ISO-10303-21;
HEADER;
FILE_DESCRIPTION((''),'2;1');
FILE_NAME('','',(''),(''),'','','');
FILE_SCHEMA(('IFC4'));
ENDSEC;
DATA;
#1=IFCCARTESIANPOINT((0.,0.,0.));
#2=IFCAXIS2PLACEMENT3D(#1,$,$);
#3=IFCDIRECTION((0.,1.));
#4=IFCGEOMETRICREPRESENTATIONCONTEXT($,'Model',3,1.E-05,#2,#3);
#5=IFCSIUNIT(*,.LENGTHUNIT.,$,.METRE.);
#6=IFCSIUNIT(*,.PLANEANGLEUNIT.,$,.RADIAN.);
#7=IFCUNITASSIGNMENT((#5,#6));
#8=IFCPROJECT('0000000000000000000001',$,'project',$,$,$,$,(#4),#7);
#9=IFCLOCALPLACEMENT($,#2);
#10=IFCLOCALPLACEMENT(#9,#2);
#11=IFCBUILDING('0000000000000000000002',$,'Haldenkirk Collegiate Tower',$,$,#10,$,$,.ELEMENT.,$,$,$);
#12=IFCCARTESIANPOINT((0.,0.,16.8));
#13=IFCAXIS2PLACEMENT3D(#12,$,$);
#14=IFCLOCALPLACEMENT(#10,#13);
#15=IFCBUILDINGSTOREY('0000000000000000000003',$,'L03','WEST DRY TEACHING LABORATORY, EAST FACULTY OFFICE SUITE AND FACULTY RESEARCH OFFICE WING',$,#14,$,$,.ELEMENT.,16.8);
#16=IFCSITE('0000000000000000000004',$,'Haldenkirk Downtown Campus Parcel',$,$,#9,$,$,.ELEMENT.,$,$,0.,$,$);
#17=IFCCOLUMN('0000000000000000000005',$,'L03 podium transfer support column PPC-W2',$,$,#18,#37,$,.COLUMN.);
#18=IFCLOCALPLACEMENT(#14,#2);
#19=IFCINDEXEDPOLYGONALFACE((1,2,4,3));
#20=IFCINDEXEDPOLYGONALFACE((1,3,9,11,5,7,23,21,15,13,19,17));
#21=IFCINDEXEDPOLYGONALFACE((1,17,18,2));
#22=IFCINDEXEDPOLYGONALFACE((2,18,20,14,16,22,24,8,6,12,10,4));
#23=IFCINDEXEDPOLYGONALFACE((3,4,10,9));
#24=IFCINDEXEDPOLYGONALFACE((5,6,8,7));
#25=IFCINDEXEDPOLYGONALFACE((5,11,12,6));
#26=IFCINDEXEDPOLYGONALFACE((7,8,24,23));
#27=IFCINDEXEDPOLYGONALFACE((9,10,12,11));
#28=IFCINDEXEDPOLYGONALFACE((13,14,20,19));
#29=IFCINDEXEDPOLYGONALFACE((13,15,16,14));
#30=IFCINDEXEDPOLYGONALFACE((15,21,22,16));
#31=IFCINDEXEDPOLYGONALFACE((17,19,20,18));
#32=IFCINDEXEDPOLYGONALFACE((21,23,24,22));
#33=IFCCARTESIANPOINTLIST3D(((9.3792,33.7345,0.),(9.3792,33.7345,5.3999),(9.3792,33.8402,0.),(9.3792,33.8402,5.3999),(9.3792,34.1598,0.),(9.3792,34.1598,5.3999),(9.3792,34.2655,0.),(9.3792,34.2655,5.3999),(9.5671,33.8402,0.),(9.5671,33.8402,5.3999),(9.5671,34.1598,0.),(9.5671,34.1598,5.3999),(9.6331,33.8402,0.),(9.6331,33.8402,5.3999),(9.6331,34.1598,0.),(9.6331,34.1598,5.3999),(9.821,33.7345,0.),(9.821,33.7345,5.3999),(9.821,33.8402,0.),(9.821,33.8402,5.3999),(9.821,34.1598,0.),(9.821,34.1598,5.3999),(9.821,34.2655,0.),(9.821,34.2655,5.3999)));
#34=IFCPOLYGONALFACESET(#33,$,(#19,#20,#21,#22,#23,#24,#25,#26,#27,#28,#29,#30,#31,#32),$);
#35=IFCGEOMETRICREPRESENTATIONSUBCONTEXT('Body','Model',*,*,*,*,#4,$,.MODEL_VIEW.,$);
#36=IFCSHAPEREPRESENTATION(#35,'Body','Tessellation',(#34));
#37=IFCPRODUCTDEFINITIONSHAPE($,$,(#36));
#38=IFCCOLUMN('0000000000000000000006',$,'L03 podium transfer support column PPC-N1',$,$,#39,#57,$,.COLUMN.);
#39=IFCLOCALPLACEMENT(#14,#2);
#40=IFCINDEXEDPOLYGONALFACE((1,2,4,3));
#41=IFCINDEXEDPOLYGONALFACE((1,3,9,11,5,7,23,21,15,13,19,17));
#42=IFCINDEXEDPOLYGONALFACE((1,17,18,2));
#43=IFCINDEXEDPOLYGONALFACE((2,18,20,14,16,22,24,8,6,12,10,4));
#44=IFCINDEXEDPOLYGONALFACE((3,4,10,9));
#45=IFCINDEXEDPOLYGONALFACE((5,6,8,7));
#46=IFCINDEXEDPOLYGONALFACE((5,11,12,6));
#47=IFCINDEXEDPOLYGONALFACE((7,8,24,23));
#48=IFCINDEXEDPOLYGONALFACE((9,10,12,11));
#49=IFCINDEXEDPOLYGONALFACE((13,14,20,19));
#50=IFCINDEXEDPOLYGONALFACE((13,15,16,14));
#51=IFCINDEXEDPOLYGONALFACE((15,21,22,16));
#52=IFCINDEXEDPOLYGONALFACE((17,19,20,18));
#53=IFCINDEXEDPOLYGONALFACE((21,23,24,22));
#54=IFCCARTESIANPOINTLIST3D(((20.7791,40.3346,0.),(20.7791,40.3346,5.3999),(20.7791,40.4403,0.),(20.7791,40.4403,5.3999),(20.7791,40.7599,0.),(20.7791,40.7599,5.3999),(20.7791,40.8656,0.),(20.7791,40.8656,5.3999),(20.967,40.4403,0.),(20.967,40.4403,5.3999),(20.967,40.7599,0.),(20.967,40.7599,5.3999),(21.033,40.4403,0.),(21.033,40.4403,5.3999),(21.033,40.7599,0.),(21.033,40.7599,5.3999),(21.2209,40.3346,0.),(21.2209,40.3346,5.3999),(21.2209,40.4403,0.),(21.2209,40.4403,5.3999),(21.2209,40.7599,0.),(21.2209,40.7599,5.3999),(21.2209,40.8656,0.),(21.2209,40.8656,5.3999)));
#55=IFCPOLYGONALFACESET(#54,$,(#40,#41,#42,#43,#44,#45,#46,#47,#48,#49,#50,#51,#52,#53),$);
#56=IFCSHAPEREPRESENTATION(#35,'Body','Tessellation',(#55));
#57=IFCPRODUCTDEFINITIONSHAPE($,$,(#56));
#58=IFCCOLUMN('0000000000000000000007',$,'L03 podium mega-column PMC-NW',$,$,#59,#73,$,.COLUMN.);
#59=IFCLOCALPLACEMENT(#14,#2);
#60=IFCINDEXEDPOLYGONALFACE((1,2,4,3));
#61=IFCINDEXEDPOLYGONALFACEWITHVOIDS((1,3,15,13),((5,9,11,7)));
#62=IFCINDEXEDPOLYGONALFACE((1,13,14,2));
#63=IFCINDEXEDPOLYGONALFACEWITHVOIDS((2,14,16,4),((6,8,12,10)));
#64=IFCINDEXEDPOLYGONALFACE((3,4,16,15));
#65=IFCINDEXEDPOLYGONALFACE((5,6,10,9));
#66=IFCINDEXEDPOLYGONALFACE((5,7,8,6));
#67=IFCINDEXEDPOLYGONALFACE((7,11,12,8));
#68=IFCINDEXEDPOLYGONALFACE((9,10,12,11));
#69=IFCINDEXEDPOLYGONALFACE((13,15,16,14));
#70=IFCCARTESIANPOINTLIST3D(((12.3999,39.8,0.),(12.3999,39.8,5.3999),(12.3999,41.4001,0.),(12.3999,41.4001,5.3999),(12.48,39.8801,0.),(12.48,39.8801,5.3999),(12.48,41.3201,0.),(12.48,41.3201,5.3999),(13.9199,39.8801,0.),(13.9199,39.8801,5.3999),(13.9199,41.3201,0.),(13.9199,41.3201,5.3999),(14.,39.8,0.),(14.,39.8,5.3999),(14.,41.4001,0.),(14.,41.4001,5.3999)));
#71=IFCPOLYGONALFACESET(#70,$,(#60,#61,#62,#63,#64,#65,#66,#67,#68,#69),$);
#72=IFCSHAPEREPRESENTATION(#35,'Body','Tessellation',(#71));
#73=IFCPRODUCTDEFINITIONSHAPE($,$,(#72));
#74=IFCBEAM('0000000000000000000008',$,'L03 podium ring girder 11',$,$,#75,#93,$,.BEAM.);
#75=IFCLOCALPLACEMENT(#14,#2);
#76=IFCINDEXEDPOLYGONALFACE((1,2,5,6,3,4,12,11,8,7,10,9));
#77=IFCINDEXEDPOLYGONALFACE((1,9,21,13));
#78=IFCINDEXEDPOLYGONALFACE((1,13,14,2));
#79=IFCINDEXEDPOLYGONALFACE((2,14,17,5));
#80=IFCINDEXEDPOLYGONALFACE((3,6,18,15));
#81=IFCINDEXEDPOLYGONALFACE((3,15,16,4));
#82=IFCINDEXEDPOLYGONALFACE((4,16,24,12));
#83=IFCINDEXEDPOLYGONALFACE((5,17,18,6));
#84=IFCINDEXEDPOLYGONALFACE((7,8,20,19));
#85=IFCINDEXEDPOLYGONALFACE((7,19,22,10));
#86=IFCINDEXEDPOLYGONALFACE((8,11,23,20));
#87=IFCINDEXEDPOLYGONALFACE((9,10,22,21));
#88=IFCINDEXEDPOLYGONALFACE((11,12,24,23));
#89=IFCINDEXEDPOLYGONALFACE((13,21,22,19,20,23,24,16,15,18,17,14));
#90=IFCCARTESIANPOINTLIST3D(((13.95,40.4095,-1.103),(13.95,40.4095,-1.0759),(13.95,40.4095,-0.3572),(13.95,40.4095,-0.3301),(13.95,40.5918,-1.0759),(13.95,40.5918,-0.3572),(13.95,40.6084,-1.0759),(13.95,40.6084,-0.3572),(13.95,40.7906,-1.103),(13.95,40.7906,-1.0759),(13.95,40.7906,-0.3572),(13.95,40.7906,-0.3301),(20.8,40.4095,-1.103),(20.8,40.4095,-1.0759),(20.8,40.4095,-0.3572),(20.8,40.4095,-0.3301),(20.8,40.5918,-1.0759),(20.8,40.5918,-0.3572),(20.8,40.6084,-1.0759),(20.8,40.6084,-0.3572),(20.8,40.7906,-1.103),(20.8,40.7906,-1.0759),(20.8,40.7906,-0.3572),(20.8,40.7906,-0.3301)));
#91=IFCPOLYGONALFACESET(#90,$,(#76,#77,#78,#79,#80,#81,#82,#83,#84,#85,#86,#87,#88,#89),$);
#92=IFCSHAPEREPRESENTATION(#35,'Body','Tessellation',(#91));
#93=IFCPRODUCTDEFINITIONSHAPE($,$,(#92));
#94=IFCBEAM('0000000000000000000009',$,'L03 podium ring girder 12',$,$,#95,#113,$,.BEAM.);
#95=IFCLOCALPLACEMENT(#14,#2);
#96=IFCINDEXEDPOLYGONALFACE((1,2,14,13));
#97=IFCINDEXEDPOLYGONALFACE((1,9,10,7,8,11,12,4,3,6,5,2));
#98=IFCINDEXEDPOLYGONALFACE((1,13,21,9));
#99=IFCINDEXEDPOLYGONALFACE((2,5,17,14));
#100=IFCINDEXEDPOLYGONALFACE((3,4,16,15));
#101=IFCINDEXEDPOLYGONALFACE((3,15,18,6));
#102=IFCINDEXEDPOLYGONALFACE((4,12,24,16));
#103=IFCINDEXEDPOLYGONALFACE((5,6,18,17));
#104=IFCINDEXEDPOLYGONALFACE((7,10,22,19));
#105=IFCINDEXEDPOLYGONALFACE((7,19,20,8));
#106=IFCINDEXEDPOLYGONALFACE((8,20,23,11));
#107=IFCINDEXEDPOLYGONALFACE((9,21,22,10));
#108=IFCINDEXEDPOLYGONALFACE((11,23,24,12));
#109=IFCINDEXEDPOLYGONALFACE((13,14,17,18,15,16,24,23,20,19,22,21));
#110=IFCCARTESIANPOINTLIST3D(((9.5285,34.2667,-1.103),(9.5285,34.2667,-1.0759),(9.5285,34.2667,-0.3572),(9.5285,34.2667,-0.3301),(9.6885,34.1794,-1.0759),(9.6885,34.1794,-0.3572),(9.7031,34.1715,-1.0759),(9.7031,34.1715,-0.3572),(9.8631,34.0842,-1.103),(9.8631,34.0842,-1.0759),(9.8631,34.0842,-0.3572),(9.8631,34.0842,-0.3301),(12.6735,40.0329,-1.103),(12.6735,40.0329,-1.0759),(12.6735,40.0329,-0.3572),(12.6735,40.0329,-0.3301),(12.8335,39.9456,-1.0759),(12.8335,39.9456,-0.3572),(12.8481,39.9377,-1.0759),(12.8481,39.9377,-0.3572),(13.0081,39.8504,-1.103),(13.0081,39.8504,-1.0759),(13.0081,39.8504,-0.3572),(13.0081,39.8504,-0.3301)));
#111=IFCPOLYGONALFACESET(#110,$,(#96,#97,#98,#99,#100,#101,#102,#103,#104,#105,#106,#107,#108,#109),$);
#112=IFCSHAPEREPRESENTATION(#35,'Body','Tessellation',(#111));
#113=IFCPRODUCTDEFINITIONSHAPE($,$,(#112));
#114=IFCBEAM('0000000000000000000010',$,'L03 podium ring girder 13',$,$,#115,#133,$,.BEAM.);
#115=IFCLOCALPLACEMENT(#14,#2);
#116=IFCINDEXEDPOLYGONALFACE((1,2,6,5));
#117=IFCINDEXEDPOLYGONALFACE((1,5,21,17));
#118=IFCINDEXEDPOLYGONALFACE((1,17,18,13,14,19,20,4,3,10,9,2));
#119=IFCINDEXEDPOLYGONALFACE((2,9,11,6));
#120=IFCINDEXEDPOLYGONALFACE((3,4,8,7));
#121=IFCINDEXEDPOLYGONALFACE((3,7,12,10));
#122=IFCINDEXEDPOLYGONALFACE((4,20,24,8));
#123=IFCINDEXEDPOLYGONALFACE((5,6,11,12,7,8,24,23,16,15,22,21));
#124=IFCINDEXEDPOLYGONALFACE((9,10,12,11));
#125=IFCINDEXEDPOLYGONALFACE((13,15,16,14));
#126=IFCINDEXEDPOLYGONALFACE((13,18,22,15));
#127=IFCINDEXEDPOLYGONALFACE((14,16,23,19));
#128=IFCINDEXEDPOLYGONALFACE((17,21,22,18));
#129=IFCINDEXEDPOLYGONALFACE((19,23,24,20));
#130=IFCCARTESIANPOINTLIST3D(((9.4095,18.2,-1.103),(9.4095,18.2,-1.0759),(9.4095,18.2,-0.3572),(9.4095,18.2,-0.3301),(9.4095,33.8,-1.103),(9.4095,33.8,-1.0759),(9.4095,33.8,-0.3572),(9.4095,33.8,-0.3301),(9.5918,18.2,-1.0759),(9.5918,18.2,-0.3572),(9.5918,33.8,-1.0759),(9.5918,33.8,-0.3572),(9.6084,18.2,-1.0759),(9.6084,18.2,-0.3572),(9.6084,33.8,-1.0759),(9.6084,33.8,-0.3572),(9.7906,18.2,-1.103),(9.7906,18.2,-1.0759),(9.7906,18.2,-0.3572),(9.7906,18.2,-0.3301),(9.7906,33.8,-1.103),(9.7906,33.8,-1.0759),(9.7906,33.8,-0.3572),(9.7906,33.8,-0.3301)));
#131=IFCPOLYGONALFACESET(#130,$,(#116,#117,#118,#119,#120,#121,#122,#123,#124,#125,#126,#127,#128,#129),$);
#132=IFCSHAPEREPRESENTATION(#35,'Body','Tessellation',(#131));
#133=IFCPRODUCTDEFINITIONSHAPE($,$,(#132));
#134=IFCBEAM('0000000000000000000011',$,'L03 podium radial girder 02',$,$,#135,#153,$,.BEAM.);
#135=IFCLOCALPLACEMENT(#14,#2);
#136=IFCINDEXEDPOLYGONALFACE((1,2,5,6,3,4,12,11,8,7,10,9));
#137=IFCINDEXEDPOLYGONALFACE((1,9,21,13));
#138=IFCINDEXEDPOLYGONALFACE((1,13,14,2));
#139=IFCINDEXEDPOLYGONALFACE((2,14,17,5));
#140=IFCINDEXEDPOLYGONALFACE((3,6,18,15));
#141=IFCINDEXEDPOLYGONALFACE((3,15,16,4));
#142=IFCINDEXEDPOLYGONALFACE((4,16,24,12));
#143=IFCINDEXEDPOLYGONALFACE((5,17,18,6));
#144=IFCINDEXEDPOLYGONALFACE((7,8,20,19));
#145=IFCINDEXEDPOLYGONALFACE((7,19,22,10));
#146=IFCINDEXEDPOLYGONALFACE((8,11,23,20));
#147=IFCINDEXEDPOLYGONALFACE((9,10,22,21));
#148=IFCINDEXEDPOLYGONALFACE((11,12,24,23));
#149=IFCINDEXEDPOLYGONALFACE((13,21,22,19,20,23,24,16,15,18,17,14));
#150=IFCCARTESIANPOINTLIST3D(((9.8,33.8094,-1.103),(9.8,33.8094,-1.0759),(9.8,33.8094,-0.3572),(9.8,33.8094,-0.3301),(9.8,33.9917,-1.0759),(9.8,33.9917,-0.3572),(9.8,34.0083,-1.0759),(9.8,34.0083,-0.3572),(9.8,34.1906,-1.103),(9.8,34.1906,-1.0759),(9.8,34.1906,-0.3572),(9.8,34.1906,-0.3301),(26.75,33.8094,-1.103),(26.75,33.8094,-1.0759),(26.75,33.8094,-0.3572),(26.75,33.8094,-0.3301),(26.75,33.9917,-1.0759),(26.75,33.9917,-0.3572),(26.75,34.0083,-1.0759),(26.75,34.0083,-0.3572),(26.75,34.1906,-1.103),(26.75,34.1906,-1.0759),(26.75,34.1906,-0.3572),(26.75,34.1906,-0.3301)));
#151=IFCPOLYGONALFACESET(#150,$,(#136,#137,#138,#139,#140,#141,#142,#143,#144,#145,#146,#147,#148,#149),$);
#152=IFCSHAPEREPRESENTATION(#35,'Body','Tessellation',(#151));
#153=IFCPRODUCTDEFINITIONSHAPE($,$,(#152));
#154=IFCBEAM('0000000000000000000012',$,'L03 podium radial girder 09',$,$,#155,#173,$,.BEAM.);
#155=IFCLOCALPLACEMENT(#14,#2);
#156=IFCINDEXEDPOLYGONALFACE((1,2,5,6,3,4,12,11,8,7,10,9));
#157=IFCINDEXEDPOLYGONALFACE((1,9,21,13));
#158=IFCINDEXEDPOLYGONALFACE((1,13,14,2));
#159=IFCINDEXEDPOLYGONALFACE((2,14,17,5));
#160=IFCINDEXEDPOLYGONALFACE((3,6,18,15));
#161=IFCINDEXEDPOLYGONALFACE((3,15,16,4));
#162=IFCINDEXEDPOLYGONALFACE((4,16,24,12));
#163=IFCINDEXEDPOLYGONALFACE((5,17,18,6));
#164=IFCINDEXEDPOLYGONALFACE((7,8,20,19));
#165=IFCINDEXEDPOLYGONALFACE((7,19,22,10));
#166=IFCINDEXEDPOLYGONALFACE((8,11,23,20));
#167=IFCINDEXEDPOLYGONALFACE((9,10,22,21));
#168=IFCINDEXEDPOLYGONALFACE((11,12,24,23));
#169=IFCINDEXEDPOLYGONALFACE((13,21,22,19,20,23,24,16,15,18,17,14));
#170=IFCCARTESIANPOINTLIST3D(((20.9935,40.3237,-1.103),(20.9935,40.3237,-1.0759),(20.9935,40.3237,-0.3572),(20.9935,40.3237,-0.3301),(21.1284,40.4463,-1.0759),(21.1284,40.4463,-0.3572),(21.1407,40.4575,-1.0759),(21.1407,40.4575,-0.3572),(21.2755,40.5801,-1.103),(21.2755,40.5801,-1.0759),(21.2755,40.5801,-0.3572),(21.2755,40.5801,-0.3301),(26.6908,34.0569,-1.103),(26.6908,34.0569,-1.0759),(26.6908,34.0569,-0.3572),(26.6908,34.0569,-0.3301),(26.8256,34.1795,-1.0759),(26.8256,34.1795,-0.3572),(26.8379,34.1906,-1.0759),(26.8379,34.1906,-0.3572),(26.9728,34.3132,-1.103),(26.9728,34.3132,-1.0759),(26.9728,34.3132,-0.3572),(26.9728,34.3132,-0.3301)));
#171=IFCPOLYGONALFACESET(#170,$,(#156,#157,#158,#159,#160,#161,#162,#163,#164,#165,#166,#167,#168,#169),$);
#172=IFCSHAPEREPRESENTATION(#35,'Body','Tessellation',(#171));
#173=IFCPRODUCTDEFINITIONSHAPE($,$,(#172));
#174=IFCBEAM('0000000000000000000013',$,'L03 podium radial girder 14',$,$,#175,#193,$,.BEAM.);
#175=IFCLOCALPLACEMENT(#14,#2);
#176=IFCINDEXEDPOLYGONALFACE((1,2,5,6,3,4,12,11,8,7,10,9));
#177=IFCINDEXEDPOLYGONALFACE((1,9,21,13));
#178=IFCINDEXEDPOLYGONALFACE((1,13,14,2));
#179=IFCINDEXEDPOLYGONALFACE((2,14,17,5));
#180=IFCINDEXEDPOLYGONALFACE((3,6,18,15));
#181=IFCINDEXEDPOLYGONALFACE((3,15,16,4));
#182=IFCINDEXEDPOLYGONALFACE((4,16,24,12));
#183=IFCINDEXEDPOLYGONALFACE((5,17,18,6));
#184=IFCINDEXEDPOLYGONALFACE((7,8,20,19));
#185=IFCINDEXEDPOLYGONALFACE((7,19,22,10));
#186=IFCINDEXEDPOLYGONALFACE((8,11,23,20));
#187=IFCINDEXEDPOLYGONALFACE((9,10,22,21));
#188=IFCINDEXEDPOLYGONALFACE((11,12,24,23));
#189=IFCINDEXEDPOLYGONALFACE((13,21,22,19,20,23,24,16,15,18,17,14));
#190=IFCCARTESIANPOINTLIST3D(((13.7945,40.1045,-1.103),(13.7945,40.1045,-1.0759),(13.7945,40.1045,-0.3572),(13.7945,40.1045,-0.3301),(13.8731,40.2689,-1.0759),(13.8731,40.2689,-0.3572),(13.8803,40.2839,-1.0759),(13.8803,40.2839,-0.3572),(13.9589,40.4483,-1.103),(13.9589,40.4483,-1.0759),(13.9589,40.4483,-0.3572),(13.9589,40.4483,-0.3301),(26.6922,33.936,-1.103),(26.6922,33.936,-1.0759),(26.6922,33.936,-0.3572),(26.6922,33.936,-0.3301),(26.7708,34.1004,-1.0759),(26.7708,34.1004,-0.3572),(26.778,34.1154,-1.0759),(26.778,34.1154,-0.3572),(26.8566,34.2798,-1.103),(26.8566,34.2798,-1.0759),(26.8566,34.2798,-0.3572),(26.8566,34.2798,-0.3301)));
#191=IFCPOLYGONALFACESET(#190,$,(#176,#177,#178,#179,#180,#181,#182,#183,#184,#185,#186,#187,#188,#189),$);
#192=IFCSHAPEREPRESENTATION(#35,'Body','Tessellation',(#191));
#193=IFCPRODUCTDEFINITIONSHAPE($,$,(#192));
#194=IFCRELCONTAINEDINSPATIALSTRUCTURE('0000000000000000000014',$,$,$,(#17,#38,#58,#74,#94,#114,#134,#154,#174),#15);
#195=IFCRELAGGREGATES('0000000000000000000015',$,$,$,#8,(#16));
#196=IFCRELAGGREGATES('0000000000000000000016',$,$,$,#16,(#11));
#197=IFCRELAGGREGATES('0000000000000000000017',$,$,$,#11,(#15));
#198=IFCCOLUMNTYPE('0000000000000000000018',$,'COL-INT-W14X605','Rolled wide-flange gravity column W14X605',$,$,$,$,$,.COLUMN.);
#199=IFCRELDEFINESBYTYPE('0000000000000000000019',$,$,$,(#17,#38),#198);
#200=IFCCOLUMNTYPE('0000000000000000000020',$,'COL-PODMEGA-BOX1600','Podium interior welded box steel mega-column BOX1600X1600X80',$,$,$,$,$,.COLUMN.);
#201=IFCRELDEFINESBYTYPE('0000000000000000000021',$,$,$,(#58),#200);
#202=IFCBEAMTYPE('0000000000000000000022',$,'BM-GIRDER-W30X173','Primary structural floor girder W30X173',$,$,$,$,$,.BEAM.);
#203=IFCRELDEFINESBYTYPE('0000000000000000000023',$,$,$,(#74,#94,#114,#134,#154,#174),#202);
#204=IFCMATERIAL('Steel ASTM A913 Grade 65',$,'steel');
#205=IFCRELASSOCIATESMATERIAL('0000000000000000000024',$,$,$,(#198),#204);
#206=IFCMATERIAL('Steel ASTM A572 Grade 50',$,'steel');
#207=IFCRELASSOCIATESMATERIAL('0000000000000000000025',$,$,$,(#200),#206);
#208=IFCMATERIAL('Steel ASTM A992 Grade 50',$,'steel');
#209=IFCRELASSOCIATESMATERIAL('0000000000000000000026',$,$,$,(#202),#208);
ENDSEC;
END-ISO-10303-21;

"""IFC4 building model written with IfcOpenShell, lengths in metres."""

from ifc_helpers import new_model, si_unit, direction, frame, origin, origin_2d, place, context, subcontext, project, spatial, hollow_rectangle, i_section, extrude, material, material_profile, profile_set, type_object, element, save


model = new_model("IFC4")

# Units and contexts
model_context = context("Model", 3, precision=1e-05, world=origin(), true_north=direction((0.0, 1.0)))
body_context = subcontext(model_context, "Body", "Model", "MODEL_VIEW")
ifc_project = project(units=[si_unit("LENGTHUNIT", "METRE"), si_unit("PLANEANGLEUNIT", "RADIAN")], contexts=[model_context])

# Site, building, storey
site_placement = place(None, origin())
site = spatial("IfcSite", under=ifc_project, at=site_placement, Name="Haldenkirk Downtown Campus Parcel", CompositionType="ELEMENT", RefElevation=0.0)
building_placement = place(site_placement, origin())
building = spatial("IfcBuilding", under=site, at=building_placement, Name="Haldenkirk Collegiate Tower", CompositionType="ELEMENT")
storey_placement = place(building_placement, frame((0.0, 0.0, 16.8)))
storey = spatial("IfcBuildingStorey", under=building, at=storey_placement, Name="L03", Description="WEST DRY TEACHING LABORATORY, EAST FACULTY OFFICE SUITE AND FACULTY RESEARCH OFFICE WING", CompositionType="ELEMENT", Elevation=16.8)

# Columns
ifc_material_1 = material(Name="Steel ASTM A913 Grade 65", Category="steel")
ifc_material_profile_1 = material_profile(ifc_material_1, i_section(OverallWidth=0.4419, OverallDepth=0.531, WebThickness=0.0659, FlangeThickness=0.1057, at=origin_2d()), Name="W14X605")
ifc_profile_set_1 = profile_set([ifc_material_profile_1], Name="Steel ASTM A913 Grade 65")
column_type_1 = type_object("IfcColumnType", Name="COL-INT-W14X605", Description="Rolled wide-flange gravity column W14X605", PredefinedType="COLUMN", material=ifc_profile_set_1)
for number, where, z_axis, x_axis, name in (
    (1, (9.6001, 34.0, 0.0), (0.0, 0.0, 1.0), (1.0, 0.0, 0.0), "L03 podium transfer support column PPC-W2"),
    (2, (21.0, 40.6001, 0.0), (0.0, 0.0, 1.0), (1.0, 0.0, 0.0), "L03 podium transfer support column PPC-N1"),
):
    element("IfcColumn", number, at=place(storey_placement, frame(where, z_axis=z_axis, x_axis=x_axis)), inside=storey, type_object=column_type_1, Name=name, PredefinedType="COLUMN", context=body_context, shape_type="SweptSolid", body=[
        extrude(i_section(OverallWidth=0.4419, OverallDepth=0.531, WebThickness=0.0659, FlangeThickness=0.1057, at=origin_2d()), origin(), (0.0, 0.0, 1.0), 5.3999),
    ])
ifc_material_2 = material(Name="Steel ASTM A572 Grade 50", Category="steel")
ifc_material_profile_2 = material_profile(ifc_material_2, hollow_rectangle(XDim=1.6001, YDim=1.6001, WallThickness=0.0801, at=origin_2d()), Name="BOX1600X1600X80")
ifc_profile_set_2 = profile_set([ifc_material_profile_2], Name="Steel ASTM A572 Grade 50")
column_type_2 = type_object("IfcColumnType", Name="COL-PODMEGA-BOX1600", Description="Podium interior welded box steel mega-column BOX1600X1600X80", PredefinedType="COLUMN", material=ifc_profile_set_2)
column_placement = place(storey_placement, frame((13.2, 40.6001, 0.0), z_axis=(0.0, 0.0, 1.0), x_axis=(1.0, 0.0, 0.0)))
element("IfcColumn", 3, at=column_placement, inside=storey, type_object=column_type_2, Name="L03 podium mega-column PMC-NW", PredefinedType="COLUMN", context=body_context, shape_type="SweptSolid", body=[
    extrude(hollow_rectangle(XDim=1.6001, YDim=1.6001, WallThickness=0.0801, at=origin_2d()), origin(), (0.0, 0.0, 1.0), 5.3999),
])

# Beams
ifc_material_3 = material(Name="Steel ASTM A992 Grade 50", Category="steel")
ifc_material_profile_3 = material_profile(ifc_material_3, i_section(OverallWidth=0.3811, OverallDepth=0.7729, WebThickness=0.0166, FlangeThickness=0.0271, at=origin_2d()), Name="W30X173")
ifc_profile_set_3 = profile_set([ifc_material_profile_3], Name="Steel ASTM A992 Grade 50")
beam_type = type_object("IfcBeamType", Name="BM-GIRDER-W30X173", Description="Primary structural floor girder W30X173", PredefinedType="BEAM", material=ifc_profile_set_3)
beam_1_placement = place(storey_placement, frame((20.8, 40.6001, -0.7166), z_axis=(-1.0, 0.0, 0.0), x_axis=(0.0, -1.0, 0.0)))
element("IfcBeam", 4, at=beam_1_placement, inside=storey, type_object=beam_type, Name="L03 podium ring girder 11", PredefinedType="BEAM", context=body_context, shape_type="SweptSolid", body=[
    extrude(i_section(OverallWidth=0.3811, OverallDepth=0.7729, WebThickness=0.0166, FlangeThickness=0.0271, at=origin_2d()), origin(), (0.0, 0.0, 1.0), 6.8501),
])
beam_2_placement = place(storey_placement, frame((12.8408, 39.9417, -0.7166), z_axis=(-0.478837, -0.877904, 0.0), x_axis=(0.877904, -0.478837, 0.0)))
element("IfcBeam", 5, at=beam_2_placement, inside=storey, type_object=beam_type, Name="L03 podium ring girder 12", PredefinedType="BEAM", context=body_context, shape_type="SweptSolid", body=[
    extrude(i_section(OverallWidth=0.3811, OverallDepth=0.7729, WebThickness=0.0166, FlangeThickness=0.0271, at=origin_2d()), origin(), (0.0, 0.0, 1.0), 6.5681),
])
beam_3_placement = place(storey_placement, frame((9.6001, 33.8, -0.7166), z_axis=(0.0, -1.0, 0.0), x_axis=(1.0, 0.0, 0.0)))
element("IfcBeam", 6, at=beam_3_placement, inside=storey, type_object=beam_type, Name="L03 podium ring girder 13", PredefinedType="BEAM", context=body_context, shape_type="SweptSolid", body=[
    extrude(i_section(OverallWidth=0.3811, OverallDepth=0.7729, WebThickness=0.0166, FlangeThickness=0.0271, at=origin_2d()), origin(), (0.0, 0.0, 1.0), 15.6001),
])
beam_4_placement = place(storey_placement, frame((9.8, 34.0, -0.7166), z_axis=(1.0, 0.0, 0.0), x_axis=(0.0, 1.0, 0.0)))
element("IfcBeam", 7, at=beam_4_placement, inside=storey, type_object=beam_type, Name="L03 podium radial girder 02", PredefinedType="BEAM", context=body_context, shape_type="SweptSolid", body=[
    extrude(i_section(OverallWidth=0.3811, OverallDepth=0.7729, WebThickness=0.0166, FlangeThickness=0.0271, at=origin_2d()), origin(), (0.0, 0.0, 1.0), 16.95),
])
beam_5_placement = place(storey_placement, frame((21.1345, 40.4519, -0.7166), z_axis=(0.672681, -0.739932, 0.0), x_axis=(0.739932, 0.672681, 0.0)))
element("IfcBeam", 8, at=beam_5_placement, inside=storey, type_object=beam_type, Name="L03 podium radial girder 09", PredefinedType="BEAM", context=body_context, shape_type="SweptSolid", body=[
    extrude(i_section(OverallWidth=0.3811, OverallDepth=0.7729, WebThickness=0.0166, FlangeThickness=0.0271, at=origin_2d()), origin(), (0.0, 0.0, 1.0), 8.4695),
])
beam_6_placement = place(storey_placement, frame((13.8767, 40.2764, -0.7166), z_axis=(0.902135, -0.431455, 0.0), x_axis=(0.431455, 0.902135, 0.0)))
element("IfcBeam", 9, at=beam_6_placement, inside=storey, type_object=beam_type, Name="L03 podium radial girder 14", PredefinedType="BEAM", context=body_context, shape_type="SweptSolid", body=[
    extrude(i_section(OverallWidth=0.3811, OverallDepth=0.7729, WebThickness=0.0166, FlangeThickness=0.0271, at=origin_2d()), origin(), (0.0, 0.0, 1.0), 14.2969),
])

save(model, "model.ifc")
